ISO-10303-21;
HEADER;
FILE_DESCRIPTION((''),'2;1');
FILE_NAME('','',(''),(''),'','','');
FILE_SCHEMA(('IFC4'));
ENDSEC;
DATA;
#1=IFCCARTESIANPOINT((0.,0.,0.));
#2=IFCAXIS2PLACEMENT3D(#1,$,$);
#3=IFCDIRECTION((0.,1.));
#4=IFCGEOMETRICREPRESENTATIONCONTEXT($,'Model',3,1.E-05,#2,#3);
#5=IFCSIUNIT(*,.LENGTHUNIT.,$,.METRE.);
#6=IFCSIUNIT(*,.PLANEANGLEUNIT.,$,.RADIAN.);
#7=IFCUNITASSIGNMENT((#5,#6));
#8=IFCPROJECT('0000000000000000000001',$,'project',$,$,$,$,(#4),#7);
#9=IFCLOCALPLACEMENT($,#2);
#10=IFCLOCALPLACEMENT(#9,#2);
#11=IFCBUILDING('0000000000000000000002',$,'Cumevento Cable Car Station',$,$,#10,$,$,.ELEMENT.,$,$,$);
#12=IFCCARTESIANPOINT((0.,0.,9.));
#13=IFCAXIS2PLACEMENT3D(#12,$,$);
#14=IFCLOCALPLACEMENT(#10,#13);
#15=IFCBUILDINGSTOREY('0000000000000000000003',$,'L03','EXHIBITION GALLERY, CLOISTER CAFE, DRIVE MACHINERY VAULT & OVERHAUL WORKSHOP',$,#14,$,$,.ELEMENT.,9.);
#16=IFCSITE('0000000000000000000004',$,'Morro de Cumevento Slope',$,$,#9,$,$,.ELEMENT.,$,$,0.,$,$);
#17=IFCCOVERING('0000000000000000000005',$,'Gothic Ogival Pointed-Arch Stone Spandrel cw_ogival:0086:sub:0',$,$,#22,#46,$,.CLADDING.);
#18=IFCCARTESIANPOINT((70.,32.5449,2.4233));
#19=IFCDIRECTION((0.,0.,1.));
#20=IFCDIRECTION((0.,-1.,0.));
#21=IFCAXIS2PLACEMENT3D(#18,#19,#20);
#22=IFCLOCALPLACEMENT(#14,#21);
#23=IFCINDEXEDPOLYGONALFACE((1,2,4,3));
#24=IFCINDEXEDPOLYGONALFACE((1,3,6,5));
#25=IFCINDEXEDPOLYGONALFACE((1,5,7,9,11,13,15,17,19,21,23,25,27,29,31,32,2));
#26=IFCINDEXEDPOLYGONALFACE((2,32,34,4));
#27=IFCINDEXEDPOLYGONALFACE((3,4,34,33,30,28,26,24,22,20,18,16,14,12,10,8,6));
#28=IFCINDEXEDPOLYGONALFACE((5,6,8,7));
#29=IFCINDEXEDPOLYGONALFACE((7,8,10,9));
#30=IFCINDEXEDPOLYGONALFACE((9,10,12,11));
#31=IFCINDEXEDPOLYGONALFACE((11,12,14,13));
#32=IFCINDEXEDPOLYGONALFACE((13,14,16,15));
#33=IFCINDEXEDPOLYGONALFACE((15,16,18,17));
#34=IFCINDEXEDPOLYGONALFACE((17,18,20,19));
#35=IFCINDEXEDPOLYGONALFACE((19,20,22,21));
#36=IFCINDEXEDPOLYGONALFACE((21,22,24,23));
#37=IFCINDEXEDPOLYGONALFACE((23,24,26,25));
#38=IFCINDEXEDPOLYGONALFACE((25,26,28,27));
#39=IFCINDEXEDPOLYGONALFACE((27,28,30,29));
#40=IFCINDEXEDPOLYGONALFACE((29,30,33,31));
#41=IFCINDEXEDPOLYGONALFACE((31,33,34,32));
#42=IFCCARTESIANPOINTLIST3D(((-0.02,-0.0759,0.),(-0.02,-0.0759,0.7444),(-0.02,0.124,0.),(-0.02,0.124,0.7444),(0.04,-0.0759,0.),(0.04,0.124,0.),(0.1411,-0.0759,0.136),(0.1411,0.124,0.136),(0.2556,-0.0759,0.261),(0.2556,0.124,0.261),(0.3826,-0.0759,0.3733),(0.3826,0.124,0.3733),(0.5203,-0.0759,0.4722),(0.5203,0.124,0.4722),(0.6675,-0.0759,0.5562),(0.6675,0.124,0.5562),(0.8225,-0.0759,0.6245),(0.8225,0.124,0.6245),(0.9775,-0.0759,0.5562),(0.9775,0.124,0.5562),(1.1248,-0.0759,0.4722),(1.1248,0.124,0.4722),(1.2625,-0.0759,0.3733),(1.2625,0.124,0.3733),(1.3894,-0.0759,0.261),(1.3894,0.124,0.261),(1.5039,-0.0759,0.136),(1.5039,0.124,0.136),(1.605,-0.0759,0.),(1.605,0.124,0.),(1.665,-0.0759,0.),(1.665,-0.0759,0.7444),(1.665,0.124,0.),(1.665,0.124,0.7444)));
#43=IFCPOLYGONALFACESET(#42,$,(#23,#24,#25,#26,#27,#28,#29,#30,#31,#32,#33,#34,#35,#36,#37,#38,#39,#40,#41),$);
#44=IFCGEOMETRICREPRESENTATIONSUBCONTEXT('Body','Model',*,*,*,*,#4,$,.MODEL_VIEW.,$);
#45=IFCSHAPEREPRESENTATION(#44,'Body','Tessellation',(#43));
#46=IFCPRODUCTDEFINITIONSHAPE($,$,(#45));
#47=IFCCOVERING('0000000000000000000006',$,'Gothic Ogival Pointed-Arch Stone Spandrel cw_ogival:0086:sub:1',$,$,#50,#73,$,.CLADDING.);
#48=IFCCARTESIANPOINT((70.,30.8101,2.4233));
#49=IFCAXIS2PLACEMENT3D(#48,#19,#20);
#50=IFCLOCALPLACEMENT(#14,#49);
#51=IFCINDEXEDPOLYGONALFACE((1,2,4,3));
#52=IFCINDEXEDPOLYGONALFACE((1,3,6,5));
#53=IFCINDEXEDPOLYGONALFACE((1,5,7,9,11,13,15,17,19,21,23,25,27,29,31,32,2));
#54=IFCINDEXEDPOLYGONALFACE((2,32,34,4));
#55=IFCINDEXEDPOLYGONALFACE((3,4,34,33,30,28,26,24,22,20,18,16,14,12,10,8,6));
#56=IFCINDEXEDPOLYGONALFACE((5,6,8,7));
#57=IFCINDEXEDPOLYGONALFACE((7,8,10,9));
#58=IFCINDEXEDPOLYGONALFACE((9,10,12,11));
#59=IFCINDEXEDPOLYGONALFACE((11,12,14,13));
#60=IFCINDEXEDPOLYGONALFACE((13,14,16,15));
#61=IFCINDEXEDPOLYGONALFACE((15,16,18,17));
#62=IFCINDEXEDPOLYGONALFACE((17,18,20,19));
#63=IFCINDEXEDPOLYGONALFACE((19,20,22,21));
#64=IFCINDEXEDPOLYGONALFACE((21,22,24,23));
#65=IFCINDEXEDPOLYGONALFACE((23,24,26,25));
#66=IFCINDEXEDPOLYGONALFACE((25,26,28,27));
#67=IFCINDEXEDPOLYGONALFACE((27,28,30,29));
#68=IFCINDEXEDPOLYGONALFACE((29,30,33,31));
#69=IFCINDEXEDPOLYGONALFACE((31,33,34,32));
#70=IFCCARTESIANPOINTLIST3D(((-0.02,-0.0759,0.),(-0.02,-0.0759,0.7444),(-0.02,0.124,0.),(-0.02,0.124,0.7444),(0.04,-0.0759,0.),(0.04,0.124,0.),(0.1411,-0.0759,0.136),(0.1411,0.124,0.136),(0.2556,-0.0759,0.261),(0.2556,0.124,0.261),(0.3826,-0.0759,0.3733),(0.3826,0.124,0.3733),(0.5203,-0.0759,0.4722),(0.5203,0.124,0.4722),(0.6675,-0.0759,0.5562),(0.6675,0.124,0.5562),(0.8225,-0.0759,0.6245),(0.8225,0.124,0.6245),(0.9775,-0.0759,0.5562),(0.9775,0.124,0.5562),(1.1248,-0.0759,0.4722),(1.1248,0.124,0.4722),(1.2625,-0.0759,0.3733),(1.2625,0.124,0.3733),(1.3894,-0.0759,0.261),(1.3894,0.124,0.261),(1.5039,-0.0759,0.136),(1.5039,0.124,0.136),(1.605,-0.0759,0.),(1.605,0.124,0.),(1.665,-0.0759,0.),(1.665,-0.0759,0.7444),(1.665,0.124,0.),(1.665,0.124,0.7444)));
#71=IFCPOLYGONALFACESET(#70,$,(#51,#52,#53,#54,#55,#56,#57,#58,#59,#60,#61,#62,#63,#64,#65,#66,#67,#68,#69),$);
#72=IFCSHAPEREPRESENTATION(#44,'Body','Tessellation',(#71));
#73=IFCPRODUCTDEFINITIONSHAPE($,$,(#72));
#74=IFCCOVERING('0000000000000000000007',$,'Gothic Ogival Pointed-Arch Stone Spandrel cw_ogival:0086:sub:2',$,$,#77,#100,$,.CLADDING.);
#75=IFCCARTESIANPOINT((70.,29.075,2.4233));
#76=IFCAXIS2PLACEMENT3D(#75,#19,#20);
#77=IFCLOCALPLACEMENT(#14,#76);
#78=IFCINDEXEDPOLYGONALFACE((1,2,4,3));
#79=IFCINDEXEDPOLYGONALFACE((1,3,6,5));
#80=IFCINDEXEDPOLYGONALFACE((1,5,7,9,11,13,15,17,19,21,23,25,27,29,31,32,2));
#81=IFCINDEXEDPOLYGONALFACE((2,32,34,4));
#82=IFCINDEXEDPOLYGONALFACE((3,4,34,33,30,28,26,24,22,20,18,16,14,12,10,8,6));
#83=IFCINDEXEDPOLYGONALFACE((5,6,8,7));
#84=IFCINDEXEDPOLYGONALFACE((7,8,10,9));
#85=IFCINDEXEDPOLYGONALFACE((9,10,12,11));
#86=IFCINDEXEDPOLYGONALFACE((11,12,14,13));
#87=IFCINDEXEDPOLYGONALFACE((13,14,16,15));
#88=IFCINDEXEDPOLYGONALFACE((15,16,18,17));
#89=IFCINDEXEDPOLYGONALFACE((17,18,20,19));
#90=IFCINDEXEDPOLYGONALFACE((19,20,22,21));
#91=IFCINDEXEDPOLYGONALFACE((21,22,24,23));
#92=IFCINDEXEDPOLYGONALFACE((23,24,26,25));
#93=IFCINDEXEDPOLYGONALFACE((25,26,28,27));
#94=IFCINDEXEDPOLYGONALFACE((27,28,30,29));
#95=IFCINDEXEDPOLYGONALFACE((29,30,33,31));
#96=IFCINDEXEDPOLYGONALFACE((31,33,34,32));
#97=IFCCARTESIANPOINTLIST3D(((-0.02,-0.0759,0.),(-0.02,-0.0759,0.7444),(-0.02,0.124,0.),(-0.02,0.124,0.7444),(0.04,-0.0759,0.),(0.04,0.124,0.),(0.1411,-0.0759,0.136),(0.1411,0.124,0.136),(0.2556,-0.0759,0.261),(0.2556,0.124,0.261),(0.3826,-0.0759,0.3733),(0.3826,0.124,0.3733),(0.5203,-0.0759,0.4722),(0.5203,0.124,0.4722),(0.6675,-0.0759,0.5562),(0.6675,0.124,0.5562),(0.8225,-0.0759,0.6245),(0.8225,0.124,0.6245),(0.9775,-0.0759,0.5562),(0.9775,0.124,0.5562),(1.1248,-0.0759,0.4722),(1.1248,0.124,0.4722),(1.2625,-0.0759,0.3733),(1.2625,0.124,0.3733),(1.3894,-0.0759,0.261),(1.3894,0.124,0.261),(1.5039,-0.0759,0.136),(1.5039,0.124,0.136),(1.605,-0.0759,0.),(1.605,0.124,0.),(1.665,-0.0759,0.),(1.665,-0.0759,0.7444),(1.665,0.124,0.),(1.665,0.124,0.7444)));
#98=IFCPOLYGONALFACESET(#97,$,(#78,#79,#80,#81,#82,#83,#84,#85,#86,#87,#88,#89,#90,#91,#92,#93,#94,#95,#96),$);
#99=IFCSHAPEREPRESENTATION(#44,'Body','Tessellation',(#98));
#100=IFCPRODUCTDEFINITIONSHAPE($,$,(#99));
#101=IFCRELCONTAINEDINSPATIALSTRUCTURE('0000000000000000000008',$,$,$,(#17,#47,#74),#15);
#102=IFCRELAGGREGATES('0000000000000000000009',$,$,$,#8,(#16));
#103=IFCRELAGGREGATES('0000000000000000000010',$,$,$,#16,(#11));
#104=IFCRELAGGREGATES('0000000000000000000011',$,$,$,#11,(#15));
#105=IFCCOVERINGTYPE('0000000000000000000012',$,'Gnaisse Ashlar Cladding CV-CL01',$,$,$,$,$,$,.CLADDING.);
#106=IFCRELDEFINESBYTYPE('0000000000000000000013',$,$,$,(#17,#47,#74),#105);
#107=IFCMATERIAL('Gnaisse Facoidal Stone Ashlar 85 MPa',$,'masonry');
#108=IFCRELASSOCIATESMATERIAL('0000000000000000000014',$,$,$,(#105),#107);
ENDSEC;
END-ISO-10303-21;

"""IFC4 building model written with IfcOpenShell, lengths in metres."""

from ifc_helpers import new_model, si_unit, direction, frame, origin, place, context, subcontext, project, spatial, polyline, outline, extrude, material, type_object, element, save


model = new_model("IFC4")

# Units and contexts
model_context = context("Model", 3, precision=1e-05, world=origin(), true_north=direction((0.0, 1.0)))
body_context = subcontext(model_context, "Body", "Model", "MODEL_VIEW")
ifc_project = project(units=[si_unit("LENGTHUNIT", "METRE"), si_unit("PLANEANGLEUNIT", "RADIAN")], contexts=[model_context])

# Site, building, storey
site_placement = place(None, origin())
site = spatial("IfcSite", under=ifc_project, at=site_placement, Name="Morro de Cumevento Slope", CompositionType="ELEMENT", RefElevation=0.0)
building_placement = place(site_placement, origin())
building = spatial("IfcBuilding", under=site, at=building_placement, Name="Cumevento Cable Car Station", CompositionType="ELEMENT")
storey_placement = place(building_placement, frame((0.0, 0.0, 9.0)))
storey = spatial("IfcBuildingStorey", under=building, at=storey_placement, Name="L03", Description="EXHIBITION GALLERY, CLOISTER CAFE, DRIVE MACHINERY VAULT & OVERHAUL WORKSHOP", CompositionType="ELEMENT", Elevation=9.0)

# Coverings
ifc_material_1 = material(Name="Gnaisse Facoidal Stone Ashlar 85 MPa", Category="masonry")
covering_type = type_object("IfcCoveringType", Name="Gnaisse Ashlar Cladding CV-CL01", PredefinedType="CLADDING", material=ifc_material_1)
for number, where, z_axis, x_axis, name in (
    (1, (70.0, 32.5449, 2.4233), (0.0, 0.0, 1.0), (0.0, -1.0, 0.0), "Gothic Ogival Pointed-Arch Stone Spandrel cw_ogival:0086:sub:0"),
    (2, (70.0, 30.8101, 2.4233), (0.0, 0.0, 1.0), (0.0, -1.0, 0.0), "Gothic Ogival Pointed-Arch Stone Spandrel cw_ogival:0086:sub:1"),
    (3, (70.0, 29.075, 2.4233), (0.0, 0.0, 1.0), (0.0, -1.0, 0.0), "Gothic Ogival Pointed-Arch Stone Spandrel cw_ogival:0086:sub:2"),
):
    element("IfcCovering", number, at=place(storey_placement, frame(where, z_axis=z_axis, x_axis=x_axis)), inside=storey, type_object=covering_type, Name=name, PredefinedType="CLADDING", context=body_context, shape_type="SweptSolid", body=[
        extrude(outline(polyline([(-0.02, 0.0), (-0.02, 0.7444), (1.665, 0.7444), (1.665, 0.0), (1.605, 0.0), (1.5039, 0.136), (1.3894, 0.261), (1.2625, 0.3733), (1.1248, 0.4722), (0.9775, 0.5562), (0.8225, 0.6245), (0.6675, 0.5562), (0.5203, 0.4722), (0.3826, 0.3733), (0.2556, 0.261), (0.1411, 0.136), (0.04, 0.0), (-0.02, 0.0)])), frame((0.0, 0.124, 0.0), z_axis=(0.0, -1.0, 0.0), x_axis=(1.0, 0.0, 0.0)), (0.0, 0.0, 1.0), 0.2),
    ])

save(model, "model.ifc")
